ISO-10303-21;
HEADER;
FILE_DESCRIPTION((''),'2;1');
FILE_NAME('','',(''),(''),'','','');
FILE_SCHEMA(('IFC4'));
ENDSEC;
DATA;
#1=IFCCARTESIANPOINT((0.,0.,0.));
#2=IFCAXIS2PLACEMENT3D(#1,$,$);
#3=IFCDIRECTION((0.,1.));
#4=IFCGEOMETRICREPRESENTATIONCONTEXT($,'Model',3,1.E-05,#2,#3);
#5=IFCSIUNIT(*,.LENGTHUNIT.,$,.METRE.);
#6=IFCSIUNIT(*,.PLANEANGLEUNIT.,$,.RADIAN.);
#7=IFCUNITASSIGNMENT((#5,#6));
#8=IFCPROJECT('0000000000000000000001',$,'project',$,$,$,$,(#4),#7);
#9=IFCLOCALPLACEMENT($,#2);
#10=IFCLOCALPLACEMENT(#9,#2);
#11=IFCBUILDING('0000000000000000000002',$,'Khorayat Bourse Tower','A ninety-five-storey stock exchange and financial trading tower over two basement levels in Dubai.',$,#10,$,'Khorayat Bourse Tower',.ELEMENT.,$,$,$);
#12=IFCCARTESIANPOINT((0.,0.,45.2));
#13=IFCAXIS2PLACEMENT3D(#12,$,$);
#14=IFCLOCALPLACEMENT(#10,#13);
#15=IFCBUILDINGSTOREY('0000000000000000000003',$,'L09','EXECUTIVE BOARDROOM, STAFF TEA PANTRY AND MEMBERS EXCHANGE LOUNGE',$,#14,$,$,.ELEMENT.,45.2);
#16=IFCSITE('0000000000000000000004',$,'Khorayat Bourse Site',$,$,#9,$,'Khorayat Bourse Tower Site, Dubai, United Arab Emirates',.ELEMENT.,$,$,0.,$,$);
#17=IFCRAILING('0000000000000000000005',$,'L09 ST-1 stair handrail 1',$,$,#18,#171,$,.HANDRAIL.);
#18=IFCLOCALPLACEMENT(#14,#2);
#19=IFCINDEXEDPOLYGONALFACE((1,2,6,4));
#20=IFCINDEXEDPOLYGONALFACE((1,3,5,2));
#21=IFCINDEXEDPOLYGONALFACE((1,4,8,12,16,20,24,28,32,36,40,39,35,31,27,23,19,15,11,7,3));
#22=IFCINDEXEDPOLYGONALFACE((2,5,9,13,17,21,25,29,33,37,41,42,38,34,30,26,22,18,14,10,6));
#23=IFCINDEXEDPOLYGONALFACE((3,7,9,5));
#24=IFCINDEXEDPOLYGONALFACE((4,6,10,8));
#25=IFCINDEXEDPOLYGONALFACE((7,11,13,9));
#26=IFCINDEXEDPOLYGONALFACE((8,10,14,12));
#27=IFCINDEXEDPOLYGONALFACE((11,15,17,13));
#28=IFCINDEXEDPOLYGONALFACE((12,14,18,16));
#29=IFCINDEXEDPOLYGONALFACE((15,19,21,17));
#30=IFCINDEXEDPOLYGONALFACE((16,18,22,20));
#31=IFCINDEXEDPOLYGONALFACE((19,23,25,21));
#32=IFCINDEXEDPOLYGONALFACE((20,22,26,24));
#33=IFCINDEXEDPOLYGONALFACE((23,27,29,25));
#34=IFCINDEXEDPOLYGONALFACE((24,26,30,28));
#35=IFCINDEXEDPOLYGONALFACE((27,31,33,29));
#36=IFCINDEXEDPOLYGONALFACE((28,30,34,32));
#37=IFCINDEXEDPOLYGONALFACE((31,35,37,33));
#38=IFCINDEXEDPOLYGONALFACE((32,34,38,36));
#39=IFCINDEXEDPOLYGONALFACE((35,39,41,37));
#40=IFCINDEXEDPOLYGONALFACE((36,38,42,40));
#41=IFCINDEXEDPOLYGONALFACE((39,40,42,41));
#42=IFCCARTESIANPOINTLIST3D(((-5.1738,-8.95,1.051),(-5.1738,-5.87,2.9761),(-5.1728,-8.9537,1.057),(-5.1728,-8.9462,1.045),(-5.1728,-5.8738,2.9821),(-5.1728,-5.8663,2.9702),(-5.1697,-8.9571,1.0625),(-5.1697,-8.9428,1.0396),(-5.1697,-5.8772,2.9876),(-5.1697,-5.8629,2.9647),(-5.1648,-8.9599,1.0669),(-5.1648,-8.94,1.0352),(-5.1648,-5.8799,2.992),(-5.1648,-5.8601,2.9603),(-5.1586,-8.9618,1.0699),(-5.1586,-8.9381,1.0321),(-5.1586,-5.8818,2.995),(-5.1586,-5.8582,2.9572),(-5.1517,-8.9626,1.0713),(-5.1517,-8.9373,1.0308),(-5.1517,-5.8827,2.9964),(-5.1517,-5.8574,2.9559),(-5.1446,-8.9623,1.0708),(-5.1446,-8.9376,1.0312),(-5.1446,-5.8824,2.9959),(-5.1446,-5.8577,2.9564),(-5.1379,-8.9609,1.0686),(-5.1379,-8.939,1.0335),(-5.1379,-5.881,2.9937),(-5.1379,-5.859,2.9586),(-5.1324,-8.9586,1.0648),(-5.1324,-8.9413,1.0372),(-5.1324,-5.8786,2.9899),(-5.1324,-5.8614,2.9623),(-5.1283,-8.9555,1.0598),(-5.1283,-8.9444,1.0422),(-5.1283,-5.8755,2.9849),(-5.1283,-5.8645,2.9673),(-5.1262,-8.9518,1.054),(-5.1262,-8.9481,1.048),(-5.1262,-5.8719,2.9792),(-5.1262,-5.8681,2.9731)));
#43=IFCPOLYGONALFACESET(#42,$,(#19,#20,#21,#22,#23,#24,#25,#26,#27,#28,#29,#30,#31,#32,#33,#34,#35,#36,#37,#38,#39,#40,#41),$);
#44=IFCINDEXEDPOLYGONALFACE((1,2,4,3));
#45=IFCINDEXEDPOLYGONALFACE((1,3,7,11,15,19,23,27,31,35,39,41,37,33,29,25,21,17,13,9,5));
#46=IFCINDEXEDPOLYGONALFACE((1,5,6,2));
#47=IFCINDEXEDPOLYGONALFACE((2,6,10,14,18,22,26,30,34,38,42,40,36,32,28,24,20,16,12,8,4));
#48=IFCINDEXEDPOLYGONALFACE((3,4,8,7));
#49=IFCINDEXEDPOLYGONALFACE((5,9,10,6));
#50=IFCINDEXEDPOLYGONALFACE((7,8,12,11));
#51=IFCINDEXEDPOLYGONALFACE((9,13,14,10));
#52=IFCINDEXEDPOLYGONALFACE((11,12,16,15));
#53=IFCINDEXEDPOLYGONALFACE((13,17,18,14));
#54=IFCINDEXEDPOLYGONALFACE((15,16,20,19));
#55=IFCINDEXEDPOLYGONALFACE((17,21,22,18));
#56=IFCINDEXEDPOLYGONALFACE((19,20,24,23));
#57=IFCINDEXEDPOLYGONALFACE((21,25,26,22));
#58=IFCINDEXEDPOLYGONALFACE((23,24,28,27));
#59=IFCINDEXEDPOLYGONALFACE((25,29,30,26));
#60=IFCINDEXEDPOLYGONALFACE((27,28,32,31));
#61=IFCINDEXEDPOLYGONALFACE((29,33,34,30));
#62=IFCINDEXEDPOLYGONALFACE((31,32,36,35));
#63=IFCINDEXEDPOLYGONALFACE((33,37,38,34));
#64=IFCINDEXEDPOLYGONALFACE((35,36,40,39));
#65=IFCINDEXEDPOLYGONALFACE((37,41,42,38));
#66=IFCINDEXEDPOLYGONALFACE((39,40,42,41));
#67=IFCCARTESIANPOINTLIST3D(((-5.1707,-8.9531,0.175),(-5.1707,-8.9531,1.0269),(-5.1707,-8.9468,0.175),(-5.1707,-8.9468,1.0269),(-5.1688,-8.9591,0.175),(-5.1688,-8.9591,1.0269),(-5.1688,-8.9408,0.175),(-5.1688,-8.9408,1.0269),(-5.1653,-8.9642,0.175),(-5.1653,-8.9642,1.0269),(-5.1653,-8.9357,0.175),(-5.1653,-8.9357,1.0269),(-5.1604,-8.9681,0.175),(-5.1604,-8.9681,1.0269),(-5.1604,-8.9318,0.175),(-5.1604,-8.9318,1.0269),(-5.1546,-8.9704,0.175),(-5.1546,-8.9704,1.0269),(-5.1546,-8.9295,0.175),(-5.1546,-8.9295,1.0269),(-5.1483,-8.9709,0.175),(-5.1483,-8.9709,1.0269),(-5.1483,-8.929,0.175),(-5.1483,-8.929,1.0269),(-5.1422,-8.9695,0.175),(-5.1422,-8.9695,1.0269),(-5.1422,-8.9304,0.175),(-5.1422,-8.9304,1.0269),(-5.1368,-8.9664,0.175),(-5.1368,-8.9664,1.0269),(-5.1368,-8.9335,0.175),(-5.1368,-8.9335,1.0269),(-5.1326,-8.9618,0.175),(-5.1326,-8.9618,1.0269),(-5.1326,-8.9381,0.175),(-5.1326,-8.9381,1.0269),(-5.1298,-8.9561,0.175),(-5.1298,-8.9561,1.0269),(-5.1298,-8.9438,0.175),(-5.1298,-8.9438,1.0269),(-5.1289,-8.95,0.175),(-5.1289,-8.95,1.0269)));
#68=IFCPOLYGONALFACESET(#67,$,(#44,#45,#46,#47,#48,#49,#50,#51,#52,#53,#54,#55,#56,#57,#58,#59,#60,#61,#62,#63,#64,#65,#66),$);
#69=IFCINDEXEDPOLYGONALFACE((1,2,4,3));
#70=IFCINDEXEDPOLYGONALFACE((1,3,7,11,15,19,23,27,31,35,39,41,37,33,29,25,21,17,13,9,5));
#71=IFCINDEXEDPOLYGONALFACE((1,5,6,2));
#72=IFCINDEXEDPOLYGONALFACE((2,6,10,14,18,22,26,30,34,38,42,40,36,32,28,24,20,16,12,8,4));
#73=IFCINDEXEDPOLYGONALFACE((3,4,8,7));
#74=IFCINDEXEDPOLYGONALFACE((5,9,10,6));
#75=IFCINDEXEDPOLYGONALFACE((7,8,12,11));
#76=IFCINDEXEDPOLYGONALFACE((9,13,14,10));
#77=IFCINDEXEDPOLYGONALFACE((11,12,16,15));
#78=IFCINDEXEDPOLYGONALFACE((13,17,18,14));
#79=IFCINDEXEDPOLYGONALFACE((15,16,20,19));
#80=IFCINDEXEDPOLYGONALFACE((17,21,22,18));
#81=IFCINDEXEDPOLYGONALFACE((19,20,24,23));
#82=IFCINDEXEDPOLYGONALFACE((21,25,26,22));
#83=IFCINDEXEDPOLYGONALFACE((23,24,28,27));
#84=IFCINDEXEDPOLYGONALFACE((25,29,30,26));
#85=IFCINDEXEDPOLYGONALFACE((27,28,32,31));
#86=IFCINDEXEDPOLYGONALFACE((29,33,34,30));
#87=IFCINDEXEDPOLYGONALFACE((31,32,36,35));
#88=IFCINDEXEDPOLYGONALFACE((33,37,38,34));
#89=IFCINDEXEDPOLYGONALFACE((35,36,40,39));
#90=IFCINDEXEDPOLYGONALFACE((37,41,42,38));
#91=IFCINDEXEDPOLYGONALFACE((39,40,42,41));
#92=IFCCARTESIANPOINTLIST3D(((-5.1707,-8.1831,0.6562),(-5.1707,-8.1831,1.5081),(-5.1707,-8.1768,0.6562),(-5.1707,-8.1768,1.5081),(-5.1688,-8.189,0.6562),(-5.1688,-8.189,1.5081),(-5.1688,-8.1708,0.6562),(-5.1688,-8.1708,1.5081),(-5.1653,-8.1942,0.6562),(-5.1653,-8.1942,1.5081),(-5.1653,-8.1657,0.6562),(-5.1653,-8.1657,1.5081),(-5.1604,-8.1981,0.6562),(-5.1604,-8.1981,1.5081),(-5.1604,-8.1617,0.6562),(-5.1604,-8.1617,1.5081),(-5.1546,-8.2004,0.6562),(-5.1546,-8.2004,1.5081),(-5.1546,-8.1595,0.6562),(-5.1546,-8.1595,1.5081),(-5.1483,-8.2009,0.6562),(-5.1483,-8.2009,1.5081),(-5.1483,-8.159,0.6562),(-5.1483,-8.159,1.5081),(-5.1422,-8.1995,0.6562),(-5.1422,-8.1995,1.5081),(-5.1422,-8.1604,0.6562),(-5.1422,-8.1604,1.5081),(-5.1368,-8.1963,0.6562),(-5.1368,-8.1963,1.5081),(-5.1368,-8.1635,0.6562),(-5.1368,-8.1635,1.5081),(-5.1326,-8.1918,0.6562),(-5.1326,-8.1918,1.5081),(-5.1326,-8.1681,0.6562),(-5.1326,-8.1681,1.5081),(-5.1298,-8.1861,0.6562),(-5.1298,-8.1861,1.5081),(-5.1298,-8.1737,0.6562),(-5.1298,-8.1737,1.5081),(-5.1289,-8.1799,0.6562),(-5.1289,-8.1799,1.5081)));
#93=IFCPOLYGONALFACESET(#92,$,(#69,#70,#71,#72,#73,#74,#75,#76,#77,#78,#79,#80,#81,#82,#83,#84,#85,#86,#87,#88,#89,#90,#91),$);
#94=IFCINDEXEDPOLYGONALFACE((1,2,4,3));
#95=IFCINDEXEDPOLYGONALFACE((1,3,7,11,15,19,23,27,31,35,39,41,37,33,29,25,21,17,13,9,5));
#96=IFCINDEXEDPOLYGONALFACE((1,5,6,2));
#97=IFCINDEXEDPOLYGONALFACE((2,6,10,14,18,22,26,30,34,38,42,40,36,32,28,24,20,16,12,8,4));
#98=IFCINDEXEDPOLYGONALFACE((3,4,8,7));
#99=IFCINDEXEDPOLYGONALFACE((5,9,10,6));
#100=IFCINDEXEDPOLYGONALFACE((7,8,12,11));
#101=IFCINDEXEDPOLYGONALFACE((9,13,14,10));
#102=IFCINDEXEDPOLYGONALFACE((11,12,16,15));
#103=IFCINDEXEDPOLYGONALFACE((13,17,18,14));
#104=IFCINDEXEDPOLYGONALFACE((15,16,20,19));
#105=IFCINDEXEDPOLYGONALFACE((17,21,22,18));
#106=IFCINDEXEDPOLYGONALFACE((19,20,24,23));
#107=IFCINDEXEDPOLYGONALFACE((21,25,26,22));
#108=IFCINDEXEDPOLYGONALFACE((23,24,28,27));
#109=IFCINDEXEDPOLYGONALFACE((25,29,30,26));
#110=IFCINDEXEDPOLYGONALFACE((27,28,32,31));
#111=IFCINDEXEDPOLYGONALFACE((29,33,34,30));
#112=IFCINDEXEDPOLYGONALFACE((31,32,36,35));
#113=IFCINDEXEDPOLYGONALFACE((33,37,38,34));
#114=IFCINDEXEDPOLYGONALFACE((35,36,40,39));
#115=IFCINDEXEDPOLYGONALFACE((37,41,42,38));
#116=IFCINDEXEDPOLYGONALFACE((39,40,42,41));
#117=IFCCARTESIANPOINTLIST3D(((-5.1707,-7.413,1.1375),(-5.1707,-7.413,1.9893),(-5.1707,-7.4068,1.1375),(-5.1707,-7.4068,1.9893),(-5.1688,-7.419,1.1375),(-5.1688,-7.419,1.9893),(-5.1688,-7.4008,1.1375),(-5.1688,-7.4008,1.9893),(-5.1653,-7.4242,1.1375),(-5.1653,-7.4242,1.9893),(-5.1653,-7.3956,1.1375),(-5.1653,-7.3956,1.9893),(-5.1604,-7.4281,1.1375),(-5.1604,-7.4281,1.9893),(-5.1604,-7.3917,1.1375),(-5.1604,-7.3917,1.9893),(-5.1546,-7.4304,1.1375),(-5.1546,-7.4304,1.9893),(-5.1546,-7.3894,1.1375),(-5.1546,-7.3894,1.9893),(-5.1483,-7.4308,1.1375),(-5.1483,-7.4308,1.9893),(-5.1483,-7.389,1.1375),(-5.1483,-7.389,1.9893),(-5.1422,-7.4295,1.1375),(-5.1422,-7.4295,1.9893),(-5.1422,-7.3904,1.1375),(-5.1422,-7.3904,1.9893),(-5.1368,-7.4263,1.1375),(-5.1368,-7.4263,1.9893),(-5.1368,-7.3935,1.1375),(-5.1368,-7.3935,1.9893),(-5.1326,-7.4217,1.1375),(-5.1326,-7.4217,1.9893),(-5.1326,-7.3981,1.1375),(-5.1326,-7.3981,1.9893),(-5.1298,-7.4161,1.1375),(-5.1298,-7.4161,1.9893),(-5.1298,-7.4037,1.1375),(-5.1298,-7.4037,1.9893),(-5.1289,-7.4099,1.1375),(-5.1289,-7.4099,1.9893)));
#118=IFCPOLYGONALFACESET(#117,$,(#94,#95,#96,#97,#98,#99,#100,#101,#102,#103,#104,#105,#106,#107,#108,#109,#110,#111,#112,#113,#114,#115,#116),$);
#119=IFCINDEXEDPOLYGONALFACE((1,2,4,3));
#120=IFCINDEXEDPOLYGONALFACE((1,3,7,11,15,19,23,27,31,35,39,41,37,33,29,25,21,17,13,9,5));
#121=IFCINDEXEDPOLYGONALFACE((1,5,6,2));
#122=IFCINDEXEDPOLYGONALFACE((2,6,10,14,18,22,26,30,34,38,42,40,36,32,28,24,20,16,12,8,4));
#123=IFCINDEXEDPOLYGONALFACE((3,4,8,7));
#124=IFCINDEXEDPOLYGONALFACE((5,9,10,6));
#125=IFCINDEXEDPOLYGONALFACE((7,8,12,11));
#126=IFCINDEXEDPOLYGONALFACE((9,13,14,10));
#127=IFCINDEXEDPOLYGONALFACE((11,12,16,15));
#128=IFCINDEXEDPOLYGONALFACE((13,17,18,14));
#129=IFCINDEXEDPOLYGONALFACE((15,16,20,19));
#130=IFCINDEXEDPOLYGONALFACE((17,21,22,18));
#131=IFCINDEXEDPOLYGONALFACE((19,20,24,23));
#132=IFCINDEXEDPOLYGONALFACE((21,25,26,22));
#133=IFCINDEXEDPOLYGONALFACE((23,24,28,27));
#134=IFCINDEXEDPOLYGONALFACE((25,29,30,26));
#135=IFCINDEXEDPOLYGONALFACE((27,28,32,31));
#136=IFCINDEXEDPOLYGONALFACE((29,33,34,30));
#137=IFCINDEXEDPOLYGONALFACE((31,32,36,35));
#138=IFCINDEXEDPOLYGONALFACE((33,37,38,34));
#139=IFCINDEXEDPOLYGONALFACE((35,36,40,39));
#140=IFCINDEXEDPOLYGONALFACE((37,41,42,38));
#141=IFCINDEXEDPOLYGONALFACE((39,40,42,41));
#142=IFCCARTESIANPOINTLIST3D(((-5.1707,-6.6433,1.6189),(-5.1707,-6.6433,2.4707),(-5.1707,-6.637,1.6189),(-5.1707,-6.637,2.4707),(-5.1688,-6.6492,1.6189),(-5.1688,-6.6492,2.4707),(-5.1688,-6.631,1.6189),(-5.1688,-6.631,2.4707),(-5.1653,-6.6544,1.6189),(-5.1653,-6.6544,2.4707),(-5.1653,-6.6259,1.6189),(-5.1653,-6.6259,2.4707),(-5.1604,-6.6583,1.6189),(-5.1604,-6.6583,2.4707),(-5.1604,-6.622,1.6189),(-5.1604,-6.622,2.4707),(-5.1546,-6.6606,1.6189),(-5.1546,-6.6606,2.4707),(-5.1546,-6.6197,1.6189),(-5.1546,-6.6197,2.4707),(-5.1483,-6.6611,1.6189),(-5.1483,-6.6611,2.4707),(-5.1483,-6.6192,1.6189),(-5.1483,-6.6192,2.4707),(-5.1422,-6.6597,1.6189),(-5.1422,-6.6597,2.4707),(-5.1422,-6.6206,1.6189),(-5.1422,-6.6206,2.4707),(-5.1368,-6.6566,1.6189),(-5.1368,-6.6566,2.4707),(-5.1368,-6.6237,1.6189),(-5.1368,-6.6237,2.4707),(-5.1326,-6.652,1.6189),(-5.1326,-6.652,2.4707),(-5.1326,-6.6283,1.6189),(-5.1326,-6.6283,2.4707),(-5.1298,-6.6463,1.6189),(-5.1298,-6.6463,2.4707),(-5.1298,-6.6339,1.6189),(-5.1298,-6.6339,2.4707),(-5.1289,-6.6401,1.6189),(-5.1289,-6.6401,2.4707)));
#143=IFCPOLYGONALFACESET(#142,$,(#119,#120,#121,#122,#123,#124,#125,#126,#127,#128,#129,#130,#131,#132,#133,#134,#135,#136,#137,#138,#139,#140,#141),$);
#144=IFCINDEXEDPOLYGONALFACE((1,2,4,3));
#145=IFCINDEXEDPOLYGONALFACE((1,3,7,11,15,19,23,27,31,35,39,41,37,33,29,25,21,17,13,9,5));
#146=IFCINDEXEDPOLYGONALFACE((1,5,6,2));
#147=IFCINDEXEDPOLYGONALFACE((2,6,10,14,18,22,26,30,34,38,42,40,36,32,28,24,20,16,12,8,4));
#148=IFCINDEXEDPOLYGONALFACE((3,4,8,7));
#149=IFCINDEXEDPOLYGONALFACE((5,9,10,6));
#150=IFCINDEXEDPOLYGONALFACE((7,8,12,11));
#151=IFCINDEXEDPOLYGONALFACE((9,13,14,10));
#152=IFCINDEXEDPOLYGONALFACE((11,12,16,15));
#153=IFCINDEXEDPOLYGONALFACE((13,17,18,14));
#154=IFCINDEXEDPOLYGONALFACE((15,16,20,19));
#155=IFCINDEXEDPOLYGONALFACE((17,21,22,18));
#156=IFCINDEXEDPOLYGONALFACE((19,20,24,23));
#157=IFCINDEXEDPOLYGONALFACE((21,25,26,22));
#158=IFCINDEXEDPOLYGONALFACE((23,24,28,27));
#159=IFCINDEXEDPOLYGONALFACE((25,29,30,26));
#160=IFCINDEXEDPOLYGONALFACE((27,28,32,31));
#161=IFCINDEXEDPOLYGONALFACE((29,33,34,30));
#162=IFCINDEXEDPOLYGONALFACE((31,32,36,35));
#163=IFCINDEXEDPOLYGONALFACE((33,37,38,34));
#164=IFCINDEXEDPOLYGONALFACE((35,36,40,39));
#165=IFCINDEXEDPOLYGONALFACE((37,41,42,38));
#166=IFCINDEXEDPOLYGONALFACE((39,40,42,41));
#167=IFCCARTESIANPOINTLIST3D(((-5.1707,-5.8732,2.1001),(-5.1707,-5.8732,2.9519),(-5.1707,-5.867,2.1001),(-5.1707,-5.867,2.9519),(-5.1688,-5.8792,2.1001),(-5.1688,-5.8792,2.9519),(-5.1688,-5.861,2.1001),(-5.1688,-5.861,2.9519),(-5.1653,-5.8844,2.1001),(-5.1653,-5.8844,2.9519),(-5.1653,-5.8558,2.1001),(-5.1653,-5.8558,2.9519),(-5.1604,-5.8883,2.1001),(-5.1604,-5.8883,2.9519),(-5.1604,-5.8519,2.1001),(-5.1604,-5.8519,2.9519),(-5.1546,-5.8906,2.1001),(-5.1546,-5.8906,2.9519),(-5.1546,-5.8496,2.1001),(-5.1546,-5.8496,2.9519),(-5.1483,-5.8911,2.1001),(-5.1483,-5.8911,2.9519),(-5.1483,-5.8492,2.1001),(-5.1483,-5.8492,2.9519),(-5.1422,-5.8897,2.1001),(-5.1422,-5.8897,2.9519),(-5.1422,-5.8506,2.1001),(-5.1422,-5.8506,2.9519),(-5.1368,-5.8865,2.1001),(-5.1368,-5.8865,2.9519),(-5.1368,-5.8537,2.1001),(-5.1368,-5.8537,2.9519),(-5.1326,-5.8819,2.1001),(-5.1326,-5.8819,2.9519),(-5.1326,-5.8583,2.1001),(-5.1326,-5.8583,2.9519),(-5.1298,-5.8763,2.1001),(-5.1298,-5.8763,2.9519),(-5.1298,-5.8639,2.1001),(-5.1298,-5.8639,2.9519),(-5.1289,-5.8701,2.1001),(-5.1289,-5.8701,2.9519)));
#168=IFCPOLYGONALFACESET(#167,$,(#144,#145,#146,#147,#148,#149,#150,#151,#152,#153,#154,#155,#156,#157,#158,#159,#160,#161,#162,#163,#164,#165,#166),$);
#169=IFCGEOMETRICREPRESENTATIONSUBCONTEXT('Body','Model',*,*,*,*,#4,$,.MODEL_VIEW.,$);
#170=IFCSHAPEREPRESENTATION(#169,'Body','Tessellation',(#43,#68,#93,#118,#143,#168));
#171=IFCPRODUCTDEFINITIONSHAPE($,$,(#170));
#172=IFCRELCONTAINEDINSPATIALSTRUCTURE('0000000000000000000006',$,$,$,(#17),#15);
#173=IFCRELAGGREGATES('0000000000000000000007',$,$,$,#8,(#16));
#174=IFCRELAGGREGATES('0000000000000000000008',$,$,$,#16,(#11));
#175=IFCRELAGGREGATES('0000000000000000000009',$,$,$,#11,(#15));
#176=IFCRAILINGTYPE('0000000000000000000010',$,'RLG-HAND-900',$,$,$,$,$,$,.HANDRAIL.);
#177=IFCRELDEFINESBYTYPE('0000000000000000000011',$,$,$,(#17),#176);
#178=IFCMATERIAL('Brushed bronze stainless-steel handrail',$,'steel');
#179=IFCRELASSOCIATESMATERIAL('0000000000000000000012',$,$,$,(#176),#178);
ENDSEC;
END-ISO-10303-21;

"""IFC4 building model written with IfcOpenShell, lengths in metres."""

from ifc_helpers import new_model, si_unit, direction, frame, origin, origin_2d, place, context, subcontext, project, spatial, circle, extrude, source, transform, mapped, material, type_object, element, save


model = new_model("IFC4")

# Units and contexts
model_context = context("Model", 3, precision=1e-05, world=origin(), true_north=direction((0.0, 1.0)))
body_context = subcontext(model_context, "Body", "Model", "MODEL_VIEW")
ifc_project = project(units=[si_unit("LENGTHUNIT", "METRE"), si_unit("PLANEANGLEUNIT", "RADIAN")], contexts=[model_context])

# Site, building, storey
site_placement = place(None, origin())
site = spatial("IfcSite", under=ifc_project, at=site_placement, Name="Khorayat Bourse Site", LongName="Khorayat Bourse Tower Site, Dubai, United Arab Emirates", CompositionType="ELEMENT", RefElevation=0.0)
building_placement = place(site_placement, origin())
building = spatial("IfcBuilding", under=site, at=building_placement, Name="Khorayat Bourse Tower", Description="A ninety-five-storey stock exchange and financial trading tower over two basement levels in Dubai.", LongName="Khorayat Bourse Tower", CompositionType="ELEMENT")
storey_placement = place(building_placement, frame((0.0, 0.0, 45.2)))
storey = spatial("IfcBuildingStorey", under=building, at=storey_placement, Name="L09", Description="EXECUTIVE BOARDROOM, STAFF TEA PANTRY AND MEMBERS EXCHANGE LOUNGE", CompositionType="ELEMENT", Elevation=45.2)

# Railing
ifc_material_1 = material(Name="Brushed bronze stainless-steel handrail", Category="steel")
railing_type_1 = type_object("IfcRailingType", Name="RLG-HAND-900", PredefinedType="HANDRAIL", material=ifc_material_1)
shared_shape_1 = source(origin(), body_context, "Body", "SweptSolid", [
    extrude(circle(Radius=0.0239, at=origin_2d()), frame((0.0, 0.0, 0.876), z_axis=(0.0, 0.847979, 0.530029), x_axis=(-1.0, 0.0, 0.0)), (0.0, 0.0, 1.0), 3.6321),
    extrude(circle(Radius=0.021, at=origin_2d()), origin(), (0.0, 0.0, 1.0), 0.8518),
    extrude(circle(Radius=0.021, at=origin_2d()), frame((0.0, 0.77, 0.4812)), (0.0, 0.0, 1.0), 0.8518),
    extrude(circle(Radius=0.021, at=origin_2d()), frame((0.0, 1.54, 0.9624)), (0.0, 0.0, 1.0), 0.8518),
    extrude(circle(Radius=0.021, at=origin_2d()), frame((0.0, 2.3098, 1.4438)), (0.0, 0.0, 1.0), 0.8518),
    extrude(circle(Radius=0.021, at=origin_2d()), frame((0.0, 3.0798, 1.925)), (0.0, 0.0, 1.0), 0.8518),
])
railing_1_placement = place(storey_placement, frame((-5.1499, -8.95, 0.175)))
element("IfcRailing", 1, at=railing_1_placement, inside=storey, type_object=railing_type_1, Name="L09 ST-1 stair handrail 1", PredefinedType="HANDRAIL", context=body_context, shape_type="MappedRepresentation", body=[
    mapped(shared_shape_1, transform((0.0, 0.0, 0.0), scale=1.0)),
])

save(model, "model.ifc")
